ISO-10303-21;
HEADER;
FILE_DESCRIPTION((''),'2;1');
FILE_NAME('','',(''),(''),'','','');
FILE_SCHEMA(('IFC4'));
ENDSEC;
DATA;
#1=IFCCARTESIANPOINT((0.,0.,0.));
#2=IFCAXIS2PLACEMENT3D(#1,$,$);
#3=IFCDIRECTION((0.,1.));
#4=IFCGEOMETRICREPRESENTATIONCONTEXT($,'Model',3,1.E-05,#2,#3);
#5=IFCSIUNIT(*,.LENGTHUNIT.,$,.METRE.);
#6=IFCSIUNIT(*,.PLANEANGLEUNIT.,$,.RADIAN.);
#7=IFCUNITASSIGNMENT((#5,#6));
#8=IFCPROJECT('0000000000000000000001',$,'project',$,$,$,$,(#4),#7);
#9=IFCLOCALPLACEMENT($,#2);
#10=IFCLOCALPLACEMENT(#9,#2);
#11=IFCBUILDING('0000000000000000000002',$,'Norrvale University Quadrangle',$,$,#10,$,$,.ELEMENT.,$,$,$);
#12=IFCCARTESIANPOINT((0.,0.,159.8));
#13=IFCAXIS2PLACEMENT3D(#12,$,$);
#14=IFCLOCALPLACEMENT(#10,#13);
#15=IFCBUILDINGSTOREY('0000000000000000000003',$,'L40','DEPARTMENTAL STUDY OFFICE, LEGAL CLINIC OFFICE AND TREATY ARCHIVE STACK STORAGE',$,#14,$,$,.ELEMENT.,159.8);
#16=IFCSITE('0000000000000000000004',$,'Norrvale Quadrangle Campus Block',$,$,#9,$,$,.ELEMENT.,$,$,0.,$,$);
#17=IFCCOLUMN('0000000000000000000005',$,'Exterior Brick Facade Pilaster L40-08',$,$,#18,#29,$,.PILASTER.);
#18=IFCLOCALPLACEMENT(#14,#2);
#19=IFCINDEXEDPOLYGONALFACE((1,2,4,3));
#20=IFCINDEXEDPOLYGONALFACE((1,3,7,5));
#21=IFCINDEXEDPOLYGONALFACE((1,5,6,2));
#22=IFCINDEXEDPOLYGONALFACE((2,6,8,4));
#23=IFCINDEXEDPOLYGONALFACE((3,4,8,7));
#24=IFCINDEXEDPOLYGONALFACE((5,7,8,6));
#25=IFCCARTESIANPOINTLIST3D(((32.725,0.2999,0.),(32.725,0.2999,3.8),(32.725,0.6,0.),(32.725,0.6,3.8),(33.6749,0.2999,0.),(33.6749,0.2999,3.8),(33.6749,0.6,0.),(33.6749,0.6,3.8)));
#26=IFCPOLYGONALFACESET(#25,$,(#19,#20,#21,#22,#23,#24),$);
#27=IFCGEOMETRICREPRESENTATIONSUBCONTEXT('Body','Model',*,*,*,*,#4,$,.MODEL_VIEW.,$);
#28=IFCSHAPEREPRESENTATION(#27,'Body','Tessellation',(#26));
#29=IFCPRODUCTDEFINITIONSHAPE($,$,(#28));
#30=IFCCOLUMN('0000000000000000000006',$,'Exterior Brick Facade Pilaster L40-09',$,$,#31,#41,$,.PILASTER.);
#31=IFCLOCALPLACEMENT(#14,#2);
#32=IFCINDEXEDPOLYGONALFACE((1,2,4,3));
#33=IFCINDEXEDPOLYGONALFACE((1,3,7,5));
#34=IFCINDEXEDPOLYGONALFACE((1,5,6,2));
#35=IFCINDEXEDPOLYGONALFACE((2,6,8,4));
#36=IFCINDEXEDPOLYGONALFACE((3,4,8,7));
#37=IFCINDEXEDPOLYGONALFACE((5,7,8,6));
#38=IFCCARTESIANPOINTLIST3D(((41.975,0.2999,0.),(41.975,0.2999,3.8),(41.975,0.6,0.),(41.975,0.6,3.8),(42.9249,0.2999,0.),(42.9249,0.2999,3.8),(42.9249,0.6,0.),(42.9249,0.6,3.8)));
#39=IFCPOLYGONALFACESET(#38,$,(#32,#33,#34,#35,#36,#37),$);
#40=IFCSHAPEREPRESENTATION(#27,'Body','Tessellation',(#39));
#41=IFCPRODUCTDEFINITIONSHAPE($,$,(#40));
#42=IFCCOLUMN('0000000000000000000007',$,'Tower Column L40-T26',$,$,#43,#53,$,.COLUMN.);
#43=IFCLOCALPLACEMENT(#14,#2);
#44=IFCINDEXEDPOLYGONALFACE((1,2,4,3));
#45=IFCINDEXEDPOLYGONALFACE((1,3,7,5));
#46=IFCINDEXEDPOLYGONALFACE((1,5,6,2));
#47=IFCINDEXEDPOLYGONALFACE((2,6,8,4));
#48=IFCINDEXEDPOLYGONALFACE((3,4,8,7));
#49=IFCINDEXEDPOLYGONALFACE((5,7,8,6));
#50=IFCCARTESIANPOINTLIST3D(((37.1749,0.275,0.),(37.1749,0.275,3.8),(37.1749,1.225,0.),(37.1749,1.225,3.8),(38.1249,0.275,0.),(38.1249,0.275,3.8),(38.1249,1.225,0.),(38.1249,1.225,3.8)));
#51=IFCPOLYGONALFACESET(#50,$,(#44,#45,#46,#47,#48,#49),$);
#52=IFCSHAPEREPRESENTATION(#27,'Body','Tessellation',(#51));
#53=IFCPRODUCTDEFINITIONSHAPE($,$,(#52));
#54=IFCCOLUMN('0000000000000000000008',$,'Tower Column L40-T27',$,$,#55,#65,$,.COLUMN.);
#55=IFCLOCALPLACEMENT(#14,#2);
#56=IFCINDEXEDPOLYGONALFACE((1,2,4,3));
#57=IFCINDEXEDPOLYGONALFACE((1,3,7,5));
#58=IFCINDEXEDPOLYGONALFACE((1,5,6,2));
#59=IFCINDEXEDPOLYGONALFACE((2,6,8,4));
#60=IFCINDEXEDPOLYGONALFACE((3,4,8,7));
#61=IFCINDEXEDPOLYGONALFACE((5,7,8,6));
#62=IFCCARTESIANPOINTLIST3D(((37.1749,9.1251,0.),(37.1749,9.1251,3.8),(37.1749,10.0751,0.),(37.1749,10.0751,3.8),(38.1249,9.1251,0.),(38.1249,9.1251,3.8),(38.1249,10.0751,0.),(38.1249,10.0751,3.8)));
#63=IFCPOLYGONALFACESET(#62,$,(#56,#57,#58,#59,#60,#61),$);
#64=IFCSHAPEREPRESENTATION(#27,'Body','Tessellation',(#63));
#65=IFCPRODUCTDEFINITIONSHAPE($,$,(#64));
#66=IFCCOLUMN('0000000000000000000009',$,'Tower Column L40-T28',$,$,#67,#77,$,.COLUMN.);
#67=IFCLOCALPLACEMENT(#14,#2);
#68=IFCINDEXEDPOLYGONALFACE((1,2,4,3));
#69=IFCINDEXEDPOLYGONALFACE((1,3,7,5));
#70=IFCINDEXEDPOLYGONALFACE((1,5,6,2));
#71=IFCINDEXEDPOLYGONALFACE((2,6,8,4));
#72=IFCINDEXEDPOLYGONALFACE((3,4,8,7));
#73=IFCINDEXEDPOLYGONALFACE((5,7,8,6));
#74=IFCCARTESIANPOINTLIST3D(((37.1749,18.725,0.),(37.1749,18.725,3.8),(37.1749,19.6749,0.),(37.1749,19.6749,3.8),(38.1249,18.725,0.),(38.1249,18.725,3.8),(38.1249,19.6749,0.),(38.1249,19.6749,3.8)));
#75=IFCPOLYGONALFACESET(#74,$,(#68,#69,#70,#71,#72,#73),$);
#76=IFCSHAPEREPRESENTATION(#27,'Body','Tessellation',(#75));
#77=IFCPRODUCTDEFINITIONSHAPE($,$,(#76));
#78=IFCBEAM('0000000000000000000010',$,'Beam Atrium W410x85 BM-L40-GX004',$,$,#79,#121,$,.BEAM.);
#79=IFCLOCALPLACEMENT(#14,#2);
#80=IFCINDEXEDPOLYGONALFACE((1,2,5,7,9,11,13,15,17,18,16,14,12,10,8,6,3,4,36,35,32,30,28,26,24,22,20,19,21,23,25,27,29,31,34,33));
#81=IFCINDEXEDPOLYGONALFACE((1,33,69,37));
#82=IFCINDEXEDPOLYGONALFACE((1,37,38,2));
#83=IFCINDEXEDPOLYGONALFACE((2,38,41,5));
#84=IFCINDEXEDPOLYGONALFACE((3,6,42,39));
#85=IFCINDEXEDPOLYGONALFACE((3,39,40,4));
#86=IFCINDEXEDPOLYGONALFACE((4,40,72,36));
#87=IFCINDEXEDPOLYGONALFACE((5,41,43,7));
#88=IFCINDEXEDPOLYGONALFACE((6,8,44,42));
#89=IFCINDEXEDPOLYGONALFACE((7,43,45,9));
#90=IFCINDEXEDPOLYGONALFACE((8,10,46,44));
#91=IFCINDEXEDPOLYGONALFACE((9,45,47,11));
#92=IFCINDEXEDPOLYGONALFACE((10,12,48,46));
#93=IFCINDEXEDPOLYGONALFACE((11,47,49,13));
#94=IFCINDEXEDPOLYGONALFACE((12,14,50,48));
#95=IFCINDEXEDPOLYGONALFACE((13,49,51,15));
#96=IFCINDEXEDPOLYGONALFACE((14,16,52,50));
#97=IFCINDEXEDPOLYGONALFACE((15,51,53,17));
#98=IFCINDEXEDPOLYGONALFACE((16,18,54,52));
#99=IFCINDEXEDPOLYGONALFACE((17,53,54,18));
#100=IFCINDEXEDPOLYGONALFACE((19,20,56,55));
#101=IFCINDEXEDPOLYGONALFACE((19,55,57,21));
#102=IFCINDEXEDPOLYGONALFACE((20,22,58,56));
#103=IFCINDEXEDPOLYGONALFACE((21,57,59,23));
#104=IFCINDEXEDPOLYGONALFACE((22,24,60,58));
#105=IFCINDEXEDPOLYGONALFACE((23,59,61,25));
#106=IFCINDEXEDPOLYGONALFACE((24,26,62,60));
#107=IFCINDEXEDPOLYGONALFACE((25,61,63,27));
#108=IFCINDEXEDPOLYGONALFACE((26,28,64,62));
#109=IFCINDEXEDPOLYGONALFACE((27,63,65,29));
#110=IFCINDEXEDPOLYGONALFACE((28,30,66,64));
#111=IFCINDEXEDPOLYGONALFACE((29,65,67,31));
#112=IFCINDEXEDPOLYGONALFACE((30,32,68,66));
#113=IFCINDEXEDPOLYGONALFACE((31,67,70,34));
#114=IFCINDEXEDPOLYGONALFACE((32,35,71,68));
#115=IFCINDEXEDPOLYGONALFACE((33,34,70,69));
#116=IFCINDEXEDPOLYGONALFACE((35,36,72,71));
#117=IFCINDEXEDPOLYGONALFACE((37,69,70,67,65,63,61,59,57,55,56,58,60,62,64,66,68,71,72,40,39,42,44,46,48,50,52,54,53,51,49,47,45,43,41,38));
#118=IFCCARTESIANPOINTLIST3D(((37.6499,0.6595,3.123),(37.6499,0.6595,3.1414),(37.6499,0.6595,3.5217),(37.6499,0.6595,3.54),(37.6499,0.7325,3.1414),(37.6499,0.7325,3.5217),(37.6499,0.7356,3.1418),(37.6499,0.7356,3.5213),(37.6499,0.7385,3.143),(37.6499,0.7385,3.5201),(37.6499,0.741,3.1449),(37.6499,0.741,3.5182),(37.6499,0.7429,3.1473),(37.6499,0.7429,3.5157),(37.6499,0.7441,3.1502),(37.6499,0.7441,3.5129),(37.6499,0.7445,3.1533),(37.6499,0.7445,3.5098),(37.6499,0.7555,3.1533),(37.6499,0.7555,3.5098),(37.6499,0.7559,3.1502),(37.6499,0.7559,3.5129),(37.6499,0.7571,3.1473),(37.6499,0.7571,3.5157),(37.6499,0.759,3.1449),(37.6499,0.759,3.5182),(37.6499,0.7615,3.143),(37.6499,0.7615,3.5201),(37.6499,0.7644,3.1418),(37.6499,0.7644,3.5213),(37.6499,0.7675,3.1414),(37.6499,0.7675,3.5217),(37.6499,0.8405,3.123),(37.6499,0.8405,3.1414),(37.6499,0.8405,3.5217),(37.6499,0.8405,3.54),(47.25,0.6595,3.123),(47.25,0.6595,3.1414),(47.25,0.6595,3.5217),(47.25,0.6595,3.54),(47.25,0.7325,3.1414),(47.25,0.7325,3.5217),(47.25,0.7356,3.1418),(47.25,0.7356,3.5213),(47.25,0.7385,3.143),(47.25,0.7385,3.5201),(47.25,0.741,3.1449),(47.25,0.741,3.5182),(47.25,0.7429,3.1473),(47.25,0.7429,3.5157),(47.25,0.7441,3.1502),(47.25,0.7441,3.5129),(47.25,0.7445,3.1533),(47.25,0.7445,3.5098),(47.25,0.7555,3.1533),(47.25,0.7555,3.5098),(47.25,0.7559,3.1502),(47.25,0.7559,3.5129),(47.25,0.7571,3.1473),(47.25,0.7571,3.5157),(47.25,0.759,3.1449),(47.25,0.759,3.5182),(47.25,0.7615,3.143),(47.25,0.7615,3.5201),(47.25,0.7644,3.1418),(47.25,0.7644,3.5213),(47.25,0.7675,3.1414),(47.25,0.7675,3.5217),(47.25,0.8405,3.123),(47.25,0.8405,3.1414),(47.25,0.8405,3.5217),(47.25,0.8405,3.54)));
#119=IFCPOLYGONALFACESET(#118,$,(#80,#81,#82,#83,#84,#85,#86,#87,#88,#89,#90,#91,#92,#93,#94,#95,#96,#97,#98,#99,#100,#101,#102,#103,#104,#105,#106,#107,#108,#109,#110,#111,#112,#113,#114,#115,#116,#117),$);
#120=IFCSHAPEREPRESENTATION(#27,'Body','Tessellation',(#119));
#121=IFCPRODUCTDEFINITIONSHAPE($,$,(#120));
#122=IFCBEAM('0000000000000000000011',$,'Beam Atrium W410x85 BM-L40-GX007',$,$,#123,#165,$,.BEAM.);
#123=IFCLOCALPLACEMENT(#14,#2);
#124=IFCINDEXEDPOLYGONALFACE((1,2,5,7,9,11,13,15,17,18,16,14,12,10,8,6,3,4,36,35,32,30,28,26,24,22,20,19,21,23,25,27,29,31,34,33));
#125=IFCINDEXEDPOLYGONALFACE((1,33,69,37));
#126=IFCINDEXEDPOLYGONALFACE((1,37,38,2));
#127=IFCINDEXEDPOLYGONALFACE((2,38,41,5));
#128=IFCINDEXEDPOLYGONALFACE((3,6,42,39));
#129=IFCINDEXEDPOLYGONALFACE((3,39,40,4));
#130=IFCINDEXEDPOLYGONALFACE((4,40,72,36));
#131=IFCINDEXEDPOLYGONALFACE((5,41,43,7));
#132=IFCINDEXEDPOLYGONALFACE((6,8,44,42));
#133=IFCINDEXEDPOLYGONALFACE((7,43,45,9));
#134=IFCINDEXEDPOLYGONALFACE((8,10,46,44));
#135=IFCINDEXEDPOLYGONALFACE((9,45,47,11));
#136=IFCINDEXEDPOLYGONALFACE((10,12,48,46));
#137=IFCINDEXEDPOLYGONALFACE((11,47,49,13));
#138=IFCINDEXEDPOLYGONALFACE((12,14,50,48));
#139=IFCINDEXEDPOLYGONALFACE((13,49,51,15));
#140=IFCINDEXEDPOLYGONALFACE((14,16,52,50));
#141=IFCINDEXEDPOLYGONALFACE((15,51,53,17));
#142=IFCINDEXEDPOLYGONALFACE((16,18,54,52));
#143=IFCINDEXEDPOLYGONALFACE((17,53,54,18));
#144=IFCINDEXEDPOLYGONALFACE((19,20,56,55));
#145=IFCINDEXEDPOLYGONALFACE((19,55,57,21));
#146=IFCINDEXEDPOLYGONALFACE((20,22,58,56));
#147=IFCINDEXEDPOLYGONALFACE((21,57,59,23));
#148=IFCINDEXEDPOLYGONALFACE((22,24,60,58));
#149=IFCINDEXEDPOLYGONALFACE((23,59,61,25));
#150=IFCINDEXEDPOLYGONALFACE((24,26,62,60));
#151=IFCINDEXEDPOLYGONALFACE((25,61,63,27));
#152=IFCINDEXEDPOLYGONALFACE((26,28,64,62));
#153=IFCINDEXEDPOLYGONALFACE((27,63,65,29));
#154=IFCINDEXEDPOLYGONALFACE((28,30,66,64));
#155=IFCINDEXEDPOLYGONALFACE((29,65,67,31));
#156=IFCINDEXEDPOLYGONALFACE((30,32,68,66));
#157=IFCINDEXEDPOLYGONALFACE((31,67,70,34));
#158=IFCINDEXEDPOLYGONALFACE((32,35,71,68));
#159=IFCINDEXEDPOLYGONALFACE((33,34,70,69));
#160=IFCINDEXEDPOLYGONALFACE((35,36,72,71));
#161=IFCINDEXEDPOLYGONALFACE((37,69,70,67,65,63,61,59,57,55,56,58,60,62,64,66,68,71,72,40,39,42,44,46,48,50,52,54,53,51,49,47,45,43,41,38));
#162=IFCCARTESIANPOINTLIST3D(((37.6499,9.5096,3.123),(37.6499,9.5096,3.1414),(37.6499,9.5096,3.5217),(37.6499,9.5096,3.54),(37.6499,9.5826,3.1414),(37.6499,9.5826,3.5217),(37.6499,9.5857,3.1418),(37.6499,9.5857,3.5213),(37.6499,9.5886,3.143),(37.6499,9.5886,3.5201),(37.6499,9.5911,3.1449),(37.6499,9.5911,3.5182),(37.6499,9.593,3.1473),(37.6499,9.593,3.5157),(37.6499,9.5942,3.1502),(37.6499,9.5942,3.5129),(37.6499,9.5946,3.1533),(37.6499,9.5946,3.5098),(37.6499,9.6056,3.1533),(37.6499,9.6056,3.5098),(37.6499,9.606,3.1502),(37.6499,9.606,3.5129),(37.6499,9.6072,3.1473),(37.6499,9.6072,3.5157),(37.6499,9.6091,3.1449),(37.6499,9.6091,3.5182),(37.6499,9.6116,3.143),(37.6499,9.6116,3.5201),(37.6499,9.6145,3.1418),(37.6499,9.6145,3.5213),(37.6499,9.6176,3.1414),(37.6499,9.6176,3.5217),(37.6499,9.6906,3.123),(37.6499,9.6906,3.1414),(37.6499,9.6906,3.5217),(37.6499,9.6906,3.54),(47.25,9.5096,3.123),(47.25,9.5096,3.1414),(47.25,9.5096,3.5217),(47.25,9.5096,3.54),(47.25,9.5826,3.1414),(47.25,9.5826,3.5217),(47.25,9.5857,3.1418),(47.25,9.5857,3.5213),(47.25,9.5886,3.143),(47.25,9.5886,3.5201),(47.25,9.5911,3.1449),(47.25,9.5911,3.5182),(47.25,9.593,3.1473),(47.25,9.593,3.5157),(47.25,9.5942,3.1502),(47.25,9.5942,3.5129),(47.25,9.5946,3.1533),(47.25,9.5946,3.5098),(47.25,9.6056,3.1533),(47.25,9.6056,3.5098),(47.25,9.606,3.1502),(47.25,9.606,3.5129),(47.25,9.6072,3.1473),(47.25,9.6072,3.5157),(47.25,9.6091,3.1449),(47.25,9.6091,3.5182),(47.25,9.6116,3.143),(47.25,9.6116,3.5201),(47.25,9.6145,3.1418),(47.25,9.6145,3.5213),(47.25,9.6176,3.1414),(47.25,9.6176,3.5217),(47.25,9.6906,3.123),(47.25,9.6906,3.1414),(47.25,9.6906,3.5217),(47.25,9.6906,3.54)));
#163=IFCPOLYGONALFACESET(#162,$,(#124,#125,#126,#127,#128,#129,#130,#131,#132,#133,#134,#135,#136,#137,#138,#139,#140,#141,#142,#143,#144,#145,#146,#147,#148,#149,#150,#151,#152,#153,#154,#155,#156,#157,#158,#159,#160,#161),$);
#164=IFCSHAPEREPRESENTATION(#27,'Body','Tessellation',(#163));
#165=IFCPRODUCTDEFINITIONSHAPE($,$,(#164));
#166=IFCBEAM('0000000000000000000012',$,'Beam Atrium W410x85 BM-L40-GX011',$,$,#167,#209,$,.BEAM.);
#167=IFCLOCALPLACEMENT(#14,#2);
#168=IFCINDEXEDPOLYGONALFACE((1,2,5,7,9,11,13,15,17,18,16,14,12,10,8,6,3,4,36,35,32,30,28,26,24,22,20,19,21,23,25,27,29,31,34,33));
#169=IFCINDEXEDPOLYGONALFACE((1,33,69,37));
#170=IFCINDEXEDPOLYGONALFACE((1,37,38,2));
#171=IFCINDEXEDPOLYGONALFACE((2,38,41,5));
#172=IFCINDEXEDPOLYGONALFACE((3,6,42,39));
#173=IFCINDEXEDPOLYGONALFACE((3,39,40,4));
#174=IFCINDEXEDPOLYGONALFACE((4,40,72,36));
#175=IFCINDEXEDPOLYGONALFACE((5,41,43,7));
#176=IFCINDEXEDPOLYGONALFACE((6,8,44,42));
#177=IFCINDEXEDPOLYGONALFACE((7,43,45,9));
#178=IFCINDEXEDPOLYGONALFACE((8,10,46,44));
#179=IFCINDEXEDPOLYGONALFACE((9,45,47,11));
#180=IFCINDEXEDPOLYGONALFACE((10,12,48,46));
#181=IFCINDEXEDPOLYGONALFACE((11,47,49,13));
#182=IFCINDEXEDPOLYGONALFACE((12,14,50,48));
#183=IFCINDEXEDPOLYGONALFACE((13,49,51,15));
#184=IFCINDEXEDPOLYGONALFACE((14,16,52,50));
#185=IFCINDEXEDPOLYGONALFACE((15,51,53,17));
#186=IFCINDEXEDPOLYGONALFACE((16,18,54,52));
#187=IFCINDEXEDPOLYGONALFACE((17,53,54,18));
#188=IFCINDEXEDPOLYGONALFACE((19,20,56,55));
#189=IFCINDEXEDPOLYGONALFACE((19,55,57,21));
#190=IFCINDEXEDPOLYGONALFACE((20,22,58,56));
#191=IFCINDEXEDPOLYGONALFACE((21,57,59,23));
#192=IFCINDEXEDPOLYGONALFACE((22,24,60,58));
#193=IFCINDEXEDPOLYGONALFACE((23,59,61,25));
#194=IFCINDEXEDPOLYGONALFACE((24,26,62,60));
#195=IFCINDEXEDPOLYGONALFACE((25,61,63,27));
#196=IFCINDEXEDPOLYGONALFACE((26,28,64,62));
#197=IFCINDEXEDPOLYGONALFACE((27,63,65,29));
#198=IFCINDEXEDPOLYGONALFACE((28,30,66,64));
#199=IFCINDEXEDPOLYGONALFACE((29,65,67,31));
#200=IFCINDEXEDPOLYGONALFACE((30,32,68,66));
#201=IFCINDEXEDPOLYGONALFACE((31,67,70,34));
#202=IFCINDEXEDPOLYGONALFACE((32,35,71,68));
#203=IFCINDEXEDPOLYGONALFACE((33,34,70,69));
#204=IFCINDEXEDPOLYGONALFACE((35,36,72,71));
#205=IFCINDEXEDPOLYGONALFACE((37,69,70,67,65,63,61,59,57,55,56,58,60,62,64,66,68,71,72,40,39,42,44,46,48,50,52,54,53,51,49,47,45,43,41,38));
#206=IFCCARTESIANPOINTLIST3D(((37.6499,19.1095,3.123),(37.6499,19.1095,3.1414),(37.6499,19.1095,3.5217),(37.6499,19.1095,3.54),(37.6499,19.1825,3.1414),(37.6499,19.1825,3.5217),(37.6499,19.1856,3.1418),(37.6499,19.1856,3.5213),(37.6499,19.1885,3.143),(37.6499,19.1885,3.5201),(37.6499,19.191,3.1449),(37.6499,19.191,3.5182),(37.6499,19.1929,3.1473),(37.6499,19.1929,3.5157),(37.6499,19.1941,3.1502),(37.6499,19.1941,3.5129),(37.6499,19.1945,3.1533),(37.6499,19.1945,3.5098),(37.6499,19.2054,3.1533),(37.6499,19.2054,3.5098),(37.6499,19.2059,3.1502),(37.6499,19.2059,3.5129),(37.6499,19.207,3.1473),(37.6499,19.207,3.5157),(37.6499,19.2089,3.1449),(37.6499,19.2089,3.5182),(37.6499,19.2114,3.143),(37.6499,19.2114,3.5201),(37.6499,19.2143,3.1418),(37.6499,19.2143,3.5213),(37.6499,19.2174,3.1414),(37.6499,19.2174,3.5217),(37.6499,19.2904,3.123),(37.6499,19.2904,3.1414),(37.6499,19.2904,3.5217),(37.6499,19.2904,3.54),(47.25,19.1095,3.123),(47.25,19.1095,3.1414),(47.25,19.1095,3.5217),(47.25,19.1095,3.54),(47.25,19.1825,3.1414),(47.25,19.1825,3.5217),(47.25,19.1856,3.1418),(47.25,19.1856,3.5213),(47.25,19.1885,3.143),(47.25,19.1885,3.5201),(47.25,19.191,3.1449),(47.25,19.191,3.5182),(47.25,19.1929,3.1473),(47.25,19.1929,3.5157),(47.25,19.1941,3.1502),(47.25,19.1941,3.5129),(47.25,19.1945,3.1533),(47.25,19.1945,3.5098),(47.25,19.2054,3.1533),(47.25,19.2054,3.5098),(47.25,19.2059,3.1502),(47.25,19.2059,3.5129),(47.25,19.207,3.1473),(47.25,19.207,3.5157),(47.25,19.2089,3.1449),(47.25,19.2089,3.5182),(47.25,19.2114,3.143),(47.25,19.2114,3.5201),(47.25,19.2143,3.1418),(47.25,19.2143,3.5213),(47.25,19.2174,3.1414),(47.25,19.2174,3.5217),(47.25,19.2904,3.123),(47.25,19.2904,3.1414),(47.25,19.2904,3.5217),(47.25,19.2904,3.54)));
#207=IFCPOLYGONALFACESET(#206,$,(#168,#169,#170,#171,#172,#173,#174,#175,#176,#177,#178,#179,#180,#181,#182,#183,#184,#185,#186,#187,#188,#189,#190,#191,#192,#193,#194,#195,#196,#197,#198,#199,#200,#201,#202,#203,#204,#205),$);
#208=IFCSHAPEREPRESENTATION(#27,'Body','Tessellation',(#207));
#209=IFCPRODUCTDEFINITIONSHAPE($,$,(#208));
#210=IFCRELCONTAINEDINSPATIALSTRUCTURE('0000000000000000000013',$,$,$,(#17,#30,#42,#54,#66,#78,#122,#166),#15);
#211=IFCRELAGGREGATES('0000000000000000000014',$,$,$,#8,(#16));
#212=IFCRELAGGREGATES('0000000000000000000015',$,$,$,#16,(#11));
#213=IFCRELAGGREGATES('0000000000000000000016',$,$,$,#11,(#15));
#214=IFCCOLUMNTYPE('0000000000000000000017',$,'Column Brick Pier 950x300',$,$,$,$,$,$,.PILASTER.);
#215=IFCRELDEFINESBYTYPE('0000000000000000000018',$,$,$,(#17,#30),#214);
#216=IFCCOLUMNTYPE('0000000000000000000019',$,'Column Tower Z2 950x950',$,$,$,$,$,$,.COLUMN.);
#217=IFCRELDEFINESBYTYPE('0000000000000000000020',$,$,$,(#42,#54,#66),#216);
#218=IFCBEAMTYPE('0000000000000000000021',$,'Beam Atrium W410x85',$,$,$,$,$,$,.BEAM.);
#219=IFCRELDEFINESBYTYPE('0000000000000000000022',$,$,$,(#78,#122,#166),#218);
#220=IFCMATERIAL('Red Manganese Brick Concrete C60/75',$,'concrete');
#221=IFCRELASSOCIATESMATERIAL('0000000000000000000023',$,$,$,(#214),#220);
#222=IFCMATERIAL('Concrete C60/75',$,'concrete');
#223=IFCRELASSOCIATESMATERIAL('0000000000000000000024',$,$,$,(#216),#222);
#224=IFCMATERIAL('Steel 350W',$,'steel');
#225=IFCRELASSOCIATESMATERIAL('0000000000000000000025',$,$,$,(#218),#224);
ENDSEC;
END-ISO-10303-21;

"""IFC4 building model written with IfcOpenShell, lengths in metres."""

from ifc_helpers import new_model, si_unit, direction, frame, origin, origin_2d, place, context, subcontext, project, spatial, rectangle, i_section, extrude, material, material_profile, profile_set, type_object, element, save


model = new_model("IFC4")

# Units and contexts
model_context = context("Model", 3, precision=1e-05, world=origin(), true_north=direction((0.0, 1.0)))
body_context = subcontext(model_context, "Body", "Model", "MODEL_VIEW")
ifc_project = project(units=[si_unit("LENGTHUNIT", "METRE"), si_unit("PLANEANGLEUNIT", "RADIAN")], contexts=[model_context])

# Site, building, storey
site_placement = place(None, origin())
site = spatial("IfcSite", under=ifc_project, at=site_placement, Name="Norrvale Quadrangle Campus Block", CompositionType="ELEMENT", RefElevation=0.0)
building_placement = place(site_placement, origin())
building = spatial("IfcBuilding", under=site, at=building_placement, Name="Norrvale University Quadrangle", CompositionType="ELEMENT")
storey_placement = place(building_placement, frame((0.0, 0.0, 159.8)))
storey = spatial("IfcBuildingStorey", under=building, at=storey_placement, Name="L40", Description="DEPARTMENTAL STUDY OFFICE, LEGAL CLINIC OFFICE AND TREATY ARCHIVE STACK STORAGE", CompositionType="ELEMENT", Elevation=159.8)

# Columns
ifc_material_1 = material(Name="Red Manganese Brick Concrete C60/75", Category="concrete")
ifc_material_profile_1 = material_profile(ifc_material_1, rectangle(XDim=0.95, YDim=0.3, at=origin_2d()), Name="Red Manganese Brick Concrete C60/75")
ifc_profile_set_1 = profile_set([ifc_material_profile_1], Name="Red Manganese Brick Concrete C60/75")
column_type_1 = type_object("IfcColumnType", Name="Column Brick Pier 950x300", PredefinedType="PILASTER", material=ifc_profile_set_1)
for number, where, z_axis, x_axis, name in (
    (1, (33.2, 0.45, 0.0), (0.0, 0.0, 1.0), (1.0, 0.0, 0.0), "Exterior Brick Facade Pilaster L40-08"),
    (2, (42.45, 0.45, 0.0), (0.0, 0.0, 1.0), (1.0, 0.0, 0.0), "Exterior Brick Facade Pilaster L40-09"),
):
    element("IfcColumn", number, at=place(storey_placement, frame(where, z_axis=z_axis, x_axis=x_axis)), inside=storey, type_object=column_type_1, Name=name, PredefinedType="PILASTER", context=body_context, shape_type="SweptSolid", body=[
        extrude(rectangle(XDim=0.95, YDim=0.3, at=origin_2d()), origin(), (0.0, 0.0, 1.0), 3.8),
    ])
ifc_material_2 = material(Name="Concrete C60/75", Category="concrete")
ifc_material_profile_2 = material_profile(ifc_material_2, rectangle(XDim=0.95, YDim=0.95, at=origin_2d()), Name="Concrete C60/75")
ifc_profile_set_2 = profile_set([ifc_material_profile_2], Name="Concrete C60/75")
column_type_2 = type_object("IfcColumnType", Name="Column Tower Z2 950x950", PredefinedType="COLUMN", material=ifc_profile_set_2)
for number, where, z_axis, x_axis, name in (
    (3, (37.6499, 0.75, 0.0), (0.0, 0.0, 1.0), (1.0, 0.0, 0.0), "Tower Column L40-T26"),
    (4, (37.6499, 9.6001, 0.0), (0.0, 0.0, 1.0), (1.0, 0.0, 0.0), "Tower Column L40-T27"),
    (5, (37.6499, 19.2, 0.0), (0.0, 0.0, 1.0), (1.0, 0.0, 0.0), "Tower Column L40-T28"),
):
    element("IfcColumn", number, at=place(storey_placement, frame(where, z_axis=z_axis, x_axis=x_axis)), inside=storey, type_object=column_type_2, Name=name, PredefinedType="COLUMN", context=body_context, shape_type="SweptSolid", body=[
        extrude(rectangle(XDim=0.95, YDim=0.95, at=origin_2d()), origin(), (0.0, 0.0, 1.0), 3.8),
    ])

# Beams
ifc_material_3 = material(Name="Steel 350W", Category="steel")
ifc_material_profile_3 = material_profile(ifc_material_3, i_section(OverallWidth=0.1809, OverallDepth=0.417, WebThickness=0.011, FlangeThickness=0.0183, FilletRadius=0.012, at=origin_2d()), Name="Steel 350W")
ifc_profile_set_3 = profile_set([ifc_material_profile_3], Name="Steel 350W")
beam_type_1 = type_object("IfcBeamType", Name="Beam Atrium W410x85", PredefinedType="BEAM", material=ifc_profile_set_3)
for number, where, z_axis, x_axis, name in (
    (6, (37.6499, 0.75, 3.3315), (1.0, 0.0, 0.0), (0.0, 1.0, 0.0), "Beam Atrium W410x85 BM-L40-GX004"),
    (7, (37.6499, 9.6001, 3.3315), (1.0, 0.0, 0.0), (0.0, 1.0, 0.0), "Beam Atrium W410x85 BM-L40-GX007"),
    (8, (37.6499, 19.2, 3.3315), (1.0, 0.0, 0.0), (0.0, 1.0, 0.0), "Beam Atrium W410x85 BM-L40-GX011"),
):
    element("IfcBeam", number, at=place(storey_placement, frame(where, z_axis=z_axis, x_axis=x_axis)), inside=storey, type_object=beam_type_1, Name=name, PredefinedType="BEAM", context=body_context, shape_type="SweptSolid", body=[
        extrude(i_section(OverallWidth=0.1809, OverallDepth=0.417, WebThickness=0.011, FlangeThickness=0.0183, FilletRadius=0.012, at=origin_2d()), origin(), (0.0, 0.0, 1.0), 9.6001),
    ])

save(model, "model.ifc")
